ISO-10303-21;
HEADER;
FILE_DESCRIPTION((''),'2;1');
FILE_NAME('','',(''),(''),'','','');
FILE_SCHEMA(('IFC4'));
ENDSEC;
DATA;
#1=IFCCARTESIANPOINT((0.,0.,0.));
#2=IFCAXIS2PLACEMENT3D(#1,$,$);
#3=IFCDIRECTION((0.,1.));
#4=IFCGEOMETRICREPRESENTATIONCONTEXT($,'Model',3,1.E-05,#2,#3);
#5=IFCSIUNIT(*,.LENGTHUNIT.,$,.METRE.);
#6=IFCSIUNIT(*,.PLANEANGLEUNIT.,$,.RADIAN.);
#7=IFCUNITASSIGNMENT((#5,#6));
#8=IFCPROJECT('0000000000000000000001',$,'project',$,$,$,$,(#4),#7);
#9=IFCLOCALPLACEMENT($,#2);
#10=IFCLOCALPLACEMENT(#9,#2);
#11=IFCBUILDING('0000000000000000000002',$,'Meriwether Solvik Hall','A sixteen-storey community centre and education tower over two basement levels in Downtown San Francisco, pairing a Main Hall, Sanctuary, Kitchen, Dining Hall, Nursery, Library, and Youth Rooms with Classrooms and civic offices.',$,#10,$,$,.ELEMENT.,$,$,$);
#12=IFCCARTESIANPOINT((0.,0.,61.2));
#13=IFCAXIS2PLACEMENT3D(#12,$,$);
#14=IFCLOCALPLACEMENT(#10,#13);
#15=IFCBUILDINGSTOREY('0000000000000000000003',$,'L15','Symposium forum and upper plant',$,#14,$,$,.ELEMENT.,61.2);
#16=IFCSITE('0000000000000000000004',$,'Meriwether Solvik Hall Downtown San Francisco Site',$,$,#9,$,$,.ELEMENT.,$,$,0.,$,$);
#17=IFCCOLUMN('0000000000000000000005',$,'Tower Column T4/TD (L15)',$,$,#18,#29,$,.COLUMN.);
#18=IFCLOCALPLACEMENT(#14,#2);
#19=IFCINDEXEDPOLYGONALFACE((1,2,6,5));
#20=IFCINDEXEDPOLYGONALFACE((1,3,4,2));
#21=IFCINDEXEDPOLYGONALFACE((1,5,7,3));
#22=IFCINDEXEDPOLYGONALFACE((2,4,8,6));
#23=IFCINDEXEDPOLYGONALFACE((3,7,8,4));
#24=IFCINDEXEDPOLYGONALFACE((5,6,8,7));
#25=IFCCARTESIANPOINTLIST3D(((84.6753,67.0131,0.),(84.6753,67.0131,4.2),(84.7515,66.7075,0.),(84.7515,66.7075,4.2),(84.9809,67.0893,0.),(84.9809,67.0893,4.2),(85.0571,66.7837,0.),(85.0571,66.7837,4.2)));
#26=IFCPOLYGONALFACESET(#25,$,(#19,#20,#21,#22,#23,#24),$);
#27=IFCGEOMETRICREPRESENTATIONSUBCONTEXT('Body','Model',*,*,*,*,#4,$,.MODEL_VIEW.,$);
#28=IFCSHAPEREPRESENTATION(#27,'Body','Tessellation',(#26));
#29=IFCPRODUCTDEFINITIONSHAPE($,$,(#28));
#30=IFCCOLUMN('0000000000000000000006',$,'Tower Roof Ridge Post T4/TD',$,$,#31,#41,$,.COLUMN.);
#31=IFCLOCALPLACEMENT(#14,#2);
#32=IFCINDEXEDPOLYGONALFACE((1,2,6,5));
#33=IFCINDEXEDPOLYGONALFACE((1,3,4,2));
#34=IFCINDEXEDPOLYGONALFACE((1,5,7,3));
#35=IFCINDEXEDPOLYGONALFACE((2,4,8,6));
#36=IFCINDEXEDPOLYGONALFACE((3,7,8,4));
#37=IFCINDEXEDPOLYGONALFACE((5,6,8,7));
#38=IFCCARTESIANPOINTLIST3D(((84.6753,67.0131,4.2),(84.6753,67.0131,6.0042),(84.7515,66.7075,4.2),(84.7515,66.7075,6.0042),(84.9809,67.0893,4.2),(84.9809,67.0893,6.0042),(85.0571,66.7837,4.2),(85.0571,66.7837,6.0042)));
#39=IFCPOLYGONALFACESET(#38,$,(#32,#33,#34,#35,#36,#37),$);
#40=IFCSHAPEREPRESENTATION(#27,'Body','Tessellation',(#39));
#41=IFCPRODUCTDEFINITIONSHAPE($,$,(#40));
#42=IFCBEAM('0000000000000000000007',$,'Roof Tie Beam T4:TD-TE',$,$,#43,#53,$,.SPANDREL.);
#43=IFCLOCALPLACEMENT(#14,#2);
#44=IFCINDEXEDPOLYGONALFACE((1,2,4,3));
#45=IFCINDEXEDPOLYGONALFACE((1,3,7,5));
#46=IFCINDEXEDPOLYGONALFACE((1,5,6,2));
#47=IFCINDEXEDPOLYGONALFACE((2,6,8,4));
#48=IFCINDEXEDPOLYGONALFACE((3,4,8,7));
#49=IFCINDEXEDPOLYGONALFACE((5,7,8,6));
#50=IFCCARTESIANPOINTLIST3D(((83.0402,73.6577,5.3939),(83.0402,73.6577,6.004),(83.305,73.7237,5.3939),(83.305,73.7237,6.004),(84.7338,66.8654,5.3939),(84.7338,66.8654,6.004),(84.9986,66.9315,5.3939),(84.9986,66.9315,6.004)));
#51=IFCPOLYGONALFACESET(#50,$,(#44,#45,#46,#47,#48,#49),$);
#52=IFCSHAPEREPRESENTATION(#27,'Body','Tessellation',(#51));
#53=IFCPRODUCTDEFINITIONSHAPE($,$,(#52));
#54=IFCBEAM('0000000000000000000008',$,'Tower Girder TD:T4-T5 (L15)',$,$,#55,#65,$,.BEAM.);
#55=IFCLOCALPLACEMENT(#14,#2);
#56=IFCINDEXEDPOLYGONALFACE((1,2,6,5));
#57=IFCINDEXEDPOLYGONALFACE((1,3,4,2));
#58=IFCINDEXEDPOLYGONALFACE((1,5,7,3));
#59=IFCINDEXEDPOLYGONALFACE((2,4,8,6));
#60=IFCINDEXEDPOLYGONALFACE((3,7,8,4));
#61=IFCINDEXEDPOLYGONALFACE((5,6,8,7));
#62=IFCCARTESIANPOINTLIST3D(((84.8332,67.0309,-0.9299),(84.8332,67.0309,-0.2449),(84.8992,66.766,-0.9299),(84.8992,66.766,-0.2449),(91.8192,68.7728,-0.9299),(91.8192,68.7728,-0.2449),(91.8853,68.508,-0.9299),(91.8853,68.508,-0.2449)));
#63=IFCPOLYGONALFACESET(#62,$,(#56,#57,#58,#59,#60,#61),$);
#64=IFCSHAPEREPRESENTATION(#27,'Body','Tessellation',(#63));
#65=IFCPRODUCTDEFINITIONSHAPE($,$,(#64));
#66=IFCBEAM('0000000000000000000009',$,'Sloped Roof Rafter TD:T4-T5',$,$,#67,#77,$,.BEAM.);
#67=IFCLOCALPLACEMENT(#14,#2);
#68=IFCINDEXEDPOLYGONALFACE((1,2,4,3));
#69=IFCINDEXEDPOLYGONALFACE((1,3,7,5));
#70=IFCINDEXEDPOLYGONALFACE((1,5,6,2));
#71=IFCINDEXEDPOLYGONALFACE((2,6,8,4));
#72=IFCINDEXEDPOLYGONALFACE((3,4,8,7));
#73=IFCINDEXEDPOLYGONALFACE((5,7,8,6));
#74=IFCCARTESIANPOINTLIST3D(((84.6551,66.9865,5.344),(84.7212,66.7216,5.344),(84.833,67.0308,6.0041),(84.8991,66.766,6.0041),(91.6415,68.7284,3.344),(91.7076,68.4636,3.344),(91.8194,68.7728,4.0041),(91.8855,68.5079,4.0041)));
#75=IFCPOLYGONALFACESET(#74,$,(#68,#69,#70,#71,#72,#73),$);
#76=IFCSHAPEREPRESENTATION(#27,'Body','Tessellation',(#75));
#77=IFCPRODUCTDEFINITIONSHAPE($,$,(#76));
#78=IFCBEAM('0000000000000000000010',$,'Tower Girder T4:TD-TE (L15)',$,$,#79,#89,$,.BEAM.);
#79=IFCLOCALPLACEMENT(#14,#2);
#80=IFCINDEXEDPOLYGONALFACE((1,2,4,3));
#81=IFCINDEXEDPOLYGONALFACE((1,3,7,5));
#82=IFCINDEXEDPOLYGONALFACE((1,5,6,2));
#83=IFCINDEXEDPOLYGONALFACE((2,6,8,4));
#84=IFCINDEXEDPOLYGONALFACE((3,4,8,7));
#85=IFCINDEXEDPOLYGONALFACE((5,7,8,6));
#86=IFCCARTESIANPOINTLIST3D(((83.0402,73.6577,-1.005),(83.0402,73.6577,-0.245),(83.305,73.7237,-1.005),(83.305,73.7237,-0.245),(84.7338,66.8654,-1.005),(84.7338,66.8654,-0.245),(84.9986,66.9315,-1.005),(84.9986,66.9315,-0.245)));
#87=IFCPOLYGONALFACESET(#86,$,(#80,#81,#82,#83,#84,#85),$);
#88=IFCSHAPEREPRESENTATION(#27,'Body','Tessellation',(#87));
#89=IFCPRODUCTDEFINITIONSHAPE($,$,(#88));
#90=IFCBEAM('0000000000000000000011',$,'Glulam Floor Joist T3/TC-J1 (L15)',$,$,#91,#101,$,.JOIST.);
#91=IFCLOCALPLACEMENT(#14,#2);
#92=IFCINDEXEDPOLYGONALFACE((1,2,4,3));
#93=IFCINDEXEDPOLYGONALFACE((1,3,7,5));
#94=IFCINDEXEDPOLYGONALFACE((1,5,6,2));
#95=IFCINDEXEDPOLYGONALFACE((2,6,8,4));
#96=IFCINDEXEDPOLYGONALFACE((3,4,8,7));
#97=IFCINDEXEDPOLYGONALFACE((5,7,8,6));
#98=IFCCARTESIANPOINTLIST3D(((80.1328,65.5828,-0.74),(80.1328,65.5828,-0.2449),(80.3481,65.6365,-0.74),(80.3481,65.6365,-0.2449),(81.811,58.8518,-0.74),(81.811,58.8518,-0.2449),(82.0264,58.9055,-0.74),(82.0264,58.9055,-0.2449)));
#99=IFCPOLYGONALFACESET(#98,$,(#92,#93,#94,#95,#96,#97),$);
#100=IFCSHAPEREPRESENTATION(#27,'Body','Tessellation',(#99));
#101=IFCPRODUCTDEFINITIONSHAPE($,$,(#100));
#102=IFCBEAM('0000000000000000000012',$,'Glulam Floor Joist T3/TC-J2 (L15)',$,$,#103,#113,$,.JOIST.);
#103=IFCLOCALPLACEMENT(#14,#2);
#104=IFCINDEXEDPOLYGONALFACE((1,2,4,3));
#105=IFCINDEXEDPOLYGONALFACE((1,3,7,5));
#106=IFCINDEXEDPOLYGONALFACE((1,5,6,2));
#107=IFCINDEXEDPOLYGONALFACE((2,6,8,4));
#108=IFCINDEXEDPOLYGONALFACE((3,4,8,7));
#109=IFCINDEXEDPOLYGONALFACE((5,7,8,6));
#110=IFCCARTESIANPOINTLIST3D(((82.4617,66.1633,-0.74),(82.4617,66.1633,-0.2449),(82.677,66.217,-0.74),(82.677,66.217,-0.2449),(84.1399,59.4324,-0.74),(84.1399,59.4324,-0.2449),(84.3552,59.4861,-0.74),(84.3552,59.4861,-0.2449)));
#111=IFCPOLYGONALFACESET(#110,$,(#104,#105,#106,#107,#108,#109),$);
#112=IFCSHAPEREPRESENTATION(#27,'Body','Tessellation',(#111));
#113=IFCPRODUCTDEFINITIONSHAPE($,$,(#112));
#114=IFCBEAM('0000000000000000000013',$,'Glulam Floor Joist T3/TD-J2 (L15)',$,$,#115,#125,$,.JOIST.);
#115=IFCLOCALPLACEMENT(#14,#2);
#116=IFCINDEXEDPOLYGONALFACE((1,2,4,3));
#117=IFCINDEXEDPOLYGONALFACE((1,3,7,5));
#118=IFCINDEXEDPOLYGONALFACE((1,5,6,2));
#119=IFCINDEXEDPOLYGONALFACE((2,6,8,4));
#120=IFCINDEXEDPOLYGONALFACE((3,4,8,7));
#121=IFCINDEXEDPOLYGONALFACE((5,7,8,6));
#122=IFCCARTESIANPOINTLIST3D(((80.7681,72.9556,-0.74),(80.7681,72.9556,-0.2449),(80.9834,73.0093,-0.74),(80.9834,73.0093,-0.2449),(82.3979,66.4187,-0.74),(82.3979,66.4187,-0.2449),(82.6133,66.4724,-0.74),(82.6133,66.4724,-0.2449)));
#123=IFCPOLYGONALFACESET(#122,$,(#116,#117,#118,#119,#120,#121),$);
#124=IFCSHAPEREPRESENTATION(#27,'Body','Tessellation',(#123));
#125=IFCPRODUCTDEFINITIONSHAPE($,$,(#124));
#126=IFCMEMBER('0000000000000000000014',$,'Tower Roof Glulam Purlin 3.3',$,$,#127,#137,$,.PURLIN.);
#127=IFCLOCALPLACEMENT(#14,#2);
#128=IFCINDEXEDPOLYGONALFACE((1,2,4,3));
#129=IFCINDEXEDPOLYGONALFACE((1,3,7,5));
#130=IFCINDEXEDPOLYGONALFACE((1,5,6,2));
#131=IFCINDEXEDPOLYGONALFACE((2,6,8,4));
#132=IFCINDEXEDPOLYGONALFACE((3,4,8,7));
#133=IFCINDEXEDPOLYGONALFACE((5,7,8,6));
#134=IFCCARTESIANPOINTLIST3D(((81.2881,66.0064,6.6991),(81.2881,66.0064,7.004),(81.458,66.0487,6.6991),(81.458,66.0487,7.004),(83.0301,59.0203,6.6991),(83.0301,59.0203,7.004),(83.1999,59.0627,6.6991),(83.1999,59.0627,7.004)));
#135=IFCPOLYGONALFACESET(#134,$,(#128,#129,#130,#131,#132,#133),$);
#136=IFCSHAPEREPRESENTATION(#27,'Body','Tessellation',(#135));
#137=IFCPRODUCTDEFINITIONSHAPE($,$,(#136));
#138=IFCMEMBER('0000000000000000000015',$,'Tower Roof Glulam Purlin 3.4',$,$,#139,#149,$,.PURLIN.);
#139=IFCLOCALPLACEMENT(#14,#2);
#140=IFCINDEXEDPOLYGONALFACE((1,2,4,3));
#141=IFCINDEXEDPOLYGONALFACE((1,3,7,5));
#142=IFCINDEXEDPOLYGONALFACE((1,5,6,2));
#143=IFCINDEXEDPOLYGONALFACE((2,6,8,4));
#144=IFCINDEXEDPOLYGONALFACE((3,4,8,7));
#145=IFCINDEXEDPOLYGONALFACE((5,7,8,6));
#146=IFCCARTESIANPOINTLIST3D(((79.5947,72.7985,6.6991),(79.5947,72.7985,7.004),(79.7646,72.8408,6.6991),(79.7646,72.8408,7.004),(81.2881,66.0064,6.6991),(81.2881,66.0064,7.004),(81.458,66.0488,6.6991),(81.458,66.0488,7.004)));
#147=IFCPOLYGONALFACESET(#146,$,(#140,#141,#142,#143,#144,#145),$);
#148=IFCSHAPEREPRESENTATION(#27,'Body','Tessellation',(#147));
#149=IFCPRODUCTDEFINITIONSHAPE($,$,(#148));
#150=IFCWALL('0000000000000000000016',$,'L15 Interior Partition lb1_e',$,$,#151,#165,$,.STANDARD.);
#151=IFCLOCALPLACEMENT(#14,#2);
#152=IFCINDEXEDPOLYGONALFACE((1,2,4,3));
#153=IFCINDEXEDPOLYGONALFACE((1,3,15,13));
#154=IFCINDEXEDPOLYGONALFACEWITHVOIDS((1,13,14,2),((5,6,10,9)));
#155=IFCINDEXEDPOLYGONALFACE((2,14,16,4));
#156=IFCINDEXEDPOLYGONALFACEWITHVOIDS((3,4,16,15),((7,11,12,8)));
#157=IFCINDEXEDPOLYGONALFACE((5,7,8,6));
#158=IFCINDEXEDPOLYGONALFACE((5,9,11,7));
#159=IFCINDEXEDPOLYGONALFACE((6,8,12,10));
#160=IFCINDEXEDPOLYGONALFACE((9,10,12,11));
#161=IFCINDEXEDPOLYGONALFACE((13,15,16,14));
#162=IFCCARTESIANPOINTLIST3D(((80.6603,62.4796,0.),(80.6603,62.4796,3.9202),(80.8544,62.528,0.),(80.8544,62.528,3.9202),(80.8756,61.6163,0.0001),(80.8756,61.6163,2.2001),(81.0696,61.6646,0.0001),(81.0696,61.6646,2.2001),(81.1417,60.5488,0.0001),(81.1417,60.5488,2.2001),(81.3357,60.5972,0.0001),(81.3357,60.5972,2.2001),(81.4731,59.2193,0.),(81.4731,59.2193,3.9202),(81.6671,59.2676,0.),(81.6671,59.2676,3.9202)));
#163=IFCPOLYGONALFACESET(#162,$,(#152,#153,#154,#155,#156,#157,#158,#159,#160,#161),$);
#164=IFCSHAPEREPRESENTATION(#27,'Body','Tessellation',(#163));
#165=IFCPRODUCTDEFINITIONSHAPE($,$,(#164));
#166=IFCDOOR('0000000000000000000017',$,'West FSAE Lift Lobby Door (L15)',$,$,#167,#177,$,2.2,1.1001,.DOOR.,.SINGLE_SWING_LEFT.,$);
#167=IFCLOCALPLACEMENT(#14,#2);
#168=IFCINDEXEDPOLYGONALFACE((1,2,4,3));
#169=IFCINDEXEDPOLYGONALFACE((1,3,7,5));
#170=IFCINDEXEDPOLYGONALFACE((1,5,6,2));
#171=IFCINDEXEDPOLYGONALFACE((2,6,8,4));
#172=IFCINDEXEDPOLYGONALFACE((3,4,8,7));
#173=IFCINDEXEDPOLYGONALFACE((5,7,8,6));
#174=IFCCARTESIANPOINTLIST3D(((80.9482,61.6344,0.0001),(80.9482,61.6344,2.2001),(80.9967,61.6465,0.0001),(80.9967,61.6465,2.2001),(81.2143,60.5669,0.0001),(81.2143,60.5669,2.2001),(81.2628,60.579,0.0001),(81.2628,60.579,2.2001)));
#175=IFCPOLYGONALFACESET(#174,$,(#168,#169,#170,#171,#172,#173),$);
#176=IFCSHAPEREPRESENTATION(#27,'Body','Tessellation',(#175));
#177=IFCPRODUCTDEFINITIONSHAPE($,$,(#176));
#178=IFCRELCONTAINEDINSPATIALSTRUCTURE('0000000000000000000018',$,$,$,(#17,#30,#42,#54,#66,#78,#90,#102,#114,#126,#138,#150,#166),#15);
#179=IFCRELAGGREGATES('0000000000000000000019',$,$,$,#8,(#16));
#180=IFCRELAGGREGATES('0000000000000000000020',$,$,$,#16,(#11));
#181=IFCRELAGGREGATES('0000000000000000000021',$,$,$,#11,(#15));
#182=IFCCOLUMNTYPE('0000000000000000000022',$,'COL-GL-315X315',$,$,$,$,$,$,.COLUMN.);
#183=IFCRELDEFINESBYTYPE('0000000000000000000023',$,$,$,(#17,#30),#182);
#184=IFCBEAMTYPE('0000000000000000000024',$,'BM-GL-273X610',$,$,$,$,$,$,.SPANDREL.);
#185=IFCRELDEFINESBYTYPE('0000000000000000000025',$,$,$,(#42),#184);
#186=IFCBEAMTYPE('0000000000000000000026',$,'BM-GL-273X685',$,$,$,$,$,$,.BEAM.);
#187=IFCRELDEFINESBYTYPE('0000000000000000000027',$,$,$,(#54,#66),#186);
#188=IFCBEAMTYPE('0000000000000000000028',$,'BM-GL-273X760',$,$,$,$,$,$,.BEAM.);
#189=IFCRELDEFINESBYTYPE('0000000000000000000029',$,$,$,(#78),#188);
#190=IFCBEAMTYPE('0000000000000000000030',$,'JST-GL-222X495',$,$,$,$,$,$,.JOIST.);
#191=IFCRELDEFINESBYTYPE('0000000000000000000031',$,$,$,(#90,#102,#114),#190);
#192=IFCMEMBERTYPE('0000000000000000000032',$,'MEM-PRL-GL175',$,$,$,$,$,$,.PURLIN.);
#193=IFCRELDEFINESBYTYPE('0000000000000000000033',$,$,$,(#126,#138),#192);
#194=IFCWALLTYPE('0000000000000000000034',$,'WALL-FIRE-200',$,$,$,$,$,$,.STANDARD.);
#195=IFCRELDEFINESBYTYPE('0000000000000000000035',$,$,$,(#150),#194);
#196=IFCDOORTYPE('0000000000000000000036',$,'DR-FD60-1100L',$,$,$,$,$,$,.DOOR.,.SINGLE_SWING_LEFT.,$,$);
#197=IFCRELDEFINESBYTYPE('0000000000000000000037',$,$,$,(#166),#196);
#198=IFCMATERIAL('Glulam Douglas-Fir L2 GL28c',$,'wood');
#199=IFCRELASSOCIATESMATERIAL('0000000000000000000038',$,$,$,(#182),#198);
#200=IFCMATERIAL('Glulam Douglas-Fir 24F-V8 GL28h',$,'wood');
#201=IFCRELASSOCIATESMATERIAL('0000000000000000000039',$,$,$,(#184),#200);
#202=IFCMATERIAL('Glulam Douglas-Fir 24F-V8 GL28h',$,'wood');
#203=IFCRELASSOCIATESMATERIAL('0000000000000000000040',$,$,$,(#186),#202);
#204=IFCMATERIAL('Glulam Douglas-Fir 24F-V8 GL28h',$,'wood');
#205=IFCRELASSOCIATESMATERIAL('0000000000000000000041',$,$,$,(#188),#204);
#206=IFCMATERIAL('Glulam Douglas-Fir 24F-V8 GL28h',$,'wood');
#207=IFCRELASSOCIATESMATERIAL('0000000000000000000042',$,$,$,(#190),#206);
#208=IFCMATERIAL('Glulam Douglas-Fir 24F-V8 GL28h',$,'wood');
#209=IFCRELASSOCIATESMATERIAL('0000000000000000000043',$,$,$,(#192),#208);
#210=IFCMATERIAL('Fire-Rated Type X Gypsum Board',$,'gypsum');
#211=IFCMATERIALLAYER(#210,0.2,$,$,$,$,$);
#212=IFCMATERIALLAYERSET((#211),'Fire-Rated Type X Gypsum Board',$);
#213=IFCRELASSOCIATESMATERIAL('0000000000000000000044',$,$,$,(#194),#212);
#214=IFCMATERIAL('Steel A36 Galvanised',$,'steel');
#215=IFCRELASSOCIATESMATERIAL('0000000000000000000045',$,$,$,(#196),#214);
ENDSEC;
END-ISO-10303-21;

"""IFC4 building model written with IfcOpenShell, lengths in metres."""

from ifc_helpers import new_model, si_unit, direction, frame, frame_2d, origin, origin_2d, place, context, subcontext, project, spatial, rectangle, extrude, material, layer, layer_set, material_profile, profile_set, type_object, element, fill, save


model = new_model("IFC4")

# Units and contexts
model_context = context("Model", 3, precision=1e-05, world=origin(), true_north=direction((0.0, 1.0)))
body_context = subcontext(model_context, "Body", "Model", "MODEL_VIEW")
ifc_project = project(units=[si_unit("LENGTHUNIT", "METRE"), si_unit("PLANEANGLEUNIT", "RADIAN")], contexts=[model_context])

# Site, building, storey
site_placement = place(None, origin())
site = spatial("IfcSite", under=ifc_project, at=site_placement, Name="Meriwether Solvik Hall Downtown San Francisco Site", CompositionType="ELEMENT", RefElevation=0.0)
building_placement = place(site_placement, origin())
building = spatial("IfcBuilding", under=site, at=building_placement, Name="Meriwether Solvik Hall", Description="A sixteen-storey community centre and education tower over two basement levels in Downtown San Francisco, pairing a Main Hall, Sanctuary, Kitchen, Dining Hall, Nursery, Library, and Youth Rooms with Classrooms and civic offices.", CompositionType="ELEMENT")
storey_placement = place(building_placement, frame((0.0, 0.0, 61.2)))
storey = spatial("IfcBuildingStorey", under=building, at=storey_placement, Name="L15", Description="Symposium forum and upper plant", CompositionType="ELEMENT", Elevation=61.2)

# Columns
ifc_material_1 = material(Name="Glulam Douglas-Fir L2 GL28c", Category="wood")
ifc_material_profile_1 = material_profile(ifc_material_1, rectangle(XDim=0.3149, YDim=0.3149, at=origin_2d()), Name="GLC-315X315")
ifc_profile_set_1 = profile_set([ifc_material_profile_1], Name="Glulam Douglas-Fir L2 GL28c")
column_type = type_object("IfcColumnType", Name="COL-GL-315X315", PredefinedType="COLUMN", material=ifc_profile_set_1)
column_1_placement = place(storey_placement, frame((84.8662, 66.8984, 0.0), z_axis=(0.0, 0.0, 1.0), x_axis=(0.970296, 0.241922, 0.0)))
element("IfcColumn", 1, at=column_1_placement, inside=storey, type_object=column_type, Name="Tower Column T4/TD (L15)", PredefinedType="COLUMN", context=body_context, shape_type="SweptSolid", body=[
    extrude(rectangle(XDim=0.3149, YDim=0.3149, at=origin_2d()), origin(), (0.0, 0.0, 1.0), 4.2),
])
column_2_placement = place(storey_placement, frame((84.8662, 66.8984, 4.2), z_axis=(0.0, 0.0, 1.0), x_axis=(0.970296, 0.241922, 0.0)))
element("IfcColumn", 2, at=column_2_placement, inside=storey, type_object=column_type, Name="Tower Roof Ridge Post T4/TD", PredefinedType="COLUMN", context=body_context, shape_type="SweptSolid", body=[
    extrude(rectangle(XDim=0.3149, YDim=0.3149, at=origin_2d()), origin(), (0.0, 0.0, 1.0), 1.8042),
])

# Beams
ifc_material_2 = material(Name="Glulam Douglas-Fir 24F-V8 GL28h", Category="wood")
ifc_material_profile_2 = material_profile(ifc_material_2, rectangle(XDim=0.2729, YDim=0.6101, at=origin_2d()), Name="GLB-273X610")
ifc_profile_set_2 = profile_set([ifc_material_profile_2], Name="Glulam Douglas-Fir 24F-V8 GL28h")
beam_type_1 = type_object("IfcBeamType", Name="BM-GL-273X610", PredefinedType="SPANDREL", material=ifc_profile_set_2)
beam_1_placement = place(storey_placement, frame((84.8662, 66.8984, 5.699), z_axis=(-0.241937, 0.970292, 0.0), x_axis=(-0.970292, -0.241937, 0.0)))
element("IfcBeam", 3, at=beam_1_placement, inside=storey, type_object=beam_type_1, Name="Roof Tie Beam T4:TD-TE", PredefinedType="SPANDREL", context=body_context, shape_type="SweptSolid", body=[
    extrude(rectangle(XDim=0.2729, YDim=0.6101, at=origin_2d()), origin(), (0.0, 0.0, 1.0), 7.0002),
])
ifc_material_3 = material(Name="Glulam Douglas-Fir 24F-V8 GL28h", Category="wood")
ifc_material_profile_3 = material_profile(ifc_material_3, rectangle(XDim=0.2729, YDim=0.6851, at=origin_2d()), Name="GLB-273X685")
ifc_profile_set_3 = profile_set([ifc_material_profile_3], Name="Glulam Douglas-Fir 24F-V8 GL28h")
beam_type_2 = type_object("IfcBeamType", Name="BM-GL-273X685", PredefinedType="BEAM", material=ifc_profile_set_3)
beam_2_placement = place(storey_placement, frame((84.8662, 66.8984, -0.5874), z_axis=(0.970292, 0.241937, 0.0), x_axis=(-0.241937, 0.970292, 0.0)))
element("IfcBeam", 4, at=beam_2_placement, inside=storey, type_object=beam_type_2, Name="Tower Girder TD:T4-T5 (L15)", PredefinedType="BEAM", context=body_context, shape_type="SweptSolid", body=[
    extrude(rectangle(XDim=0.2729, YDim=0.6851, at=origin_2d()), origin(), (0.0, 0.0, 1.0), 7.2),
])
beam_3_placement = place(storey_placement, frame((84.7771, 66.8762, 5.6741), z_axis=(0.934898, 0.233104, -0.267636), x_axis=(-0.241929, 0.970294, 0.0)))
element("IfcBeam", 5, at=beam_3_placement, inside=storey, type_object=beam_type_2, Name="Sloped Roof Rafter TD:T4-T5", PredefinedType="BEAM", context=body_context, shape_type="SweptSolid", body=[
    extrude(rectangle(XDim=0.2729, YDim=0.6851, at=origin_2d()), origin(), (0.0, 0.0, 1.0), 7.4729),
])
ifc_material_4 = material(Name="Glulam Douglas-Fir 24F-V8 GL28h", Category="wood")
ifc_material_profile_4 = material_profile(ifc_material_4, rectangle(XDim=0.2729, YDim=0.76, at=origin_2d()), Name="GLB-273X760")
ifc_profile_set_4 = profile_set([ifc_material_profile_4], Name="Glulam Douglas-Fir 24F-V8 GL28h")
beam_type_3 = type_object("IfcBeamType", Name="BM-GL-273X760", PredefinedType="BEAM", material=ifc_profile_set_4)
beam_4_placement = place(storey_placement, frame((84.8662, 66.8984, -0.625), z_axis=(-0.241937, 0.970292, 0.0), x_axis=(-0.970292, -0.241937, 0.0)))
element("IfcBeam", 6, at=beam_4_placement, inside=storey, type_object=beam_type_3, Name="Tower Girder T4:TD-TE (L15)", PredefinedType="BEAM", context=body_context, shape_type="SweptSolid", body=[
    extrude(rectangle(XDim=0.2729, YDim=0.76, at=origin_2d()), origin(), (0.0, 0.0, 1.0), 7.0002),
])
ifc_material_5 = material(Name="Glulam Douglas-Fir 24F-V8 GL28h", Category="wood")
ifc_material_profile_5 = material_profile(ifc_material_5, rectangle(XDim=0.2219, YDim=0.4951, at=origin_2d()), Name="GLJ-222X495")
ifc_profile_set_5 = profile_set([ifc_material_profile_5], Name="Glulam Douglas-Fir 24F-V8 GL28h")
beam_type_4 = type_object("IfcBeamType", Name="JST-GL-222X495", PredefinedType="JOIST", material=ifc_profile_set_5)
for number, where, z_axis, x_axis, name in (
    (7, (81.9187, 58.8787, -0.4924), (-0.241923, 0.970296, 0.0), (-0.970296, -0.241923, 0.0), "Glulam Floor Joist T3/TC-J1 (L15)"),
    (8, (84.2476, 59.4592, -0.4924), (-0.241923, 0.970296, 0.0), (-0.970296, -0.241923, 0.0), "Glulam Floor Joist T3/TC-J2 (L15)"),
):
    element("IfcBeam", number, at=place(storey_placement, frame(where, z_axis=z_axis, x_axis=x_axis)), inside=storey, type_object=beam_type_4, Name=name, PredefinedType="JOIST", context=body_context, shape_type="SweptSolid", body=[
        extrude(rectangle(XDim=0.2219, YDim=0.4951, at=origin_2d()), origin(), (0.0, 0.0, 1.0), 6.937),
    ])
beam_5_placement = place(storey_placement, frame((82.5056, 66.4456, -0.4924), z_axis=(-0.24193, 0.970294, 0.0), x_axis=(-0.970294, -0.24193, 0.0)))
element("IfcBeam", 9, at=beam_5_placement, inside=storey, type_object=beam_type_4, Name="Glulam Floor Joist T3/TD-J2 (L15)", PredefinedType="JOIST", context=body_context, shape_type="SweptSolid", body=[
    extrude(rectangle(XDim=0.2219, YDim=0.4951, at=origin_2d()), origin(), (0.0, 0.0, 1.0), 6.7371),
])

# Members
ifc_material_6 = material(Name="Glulam Douglas-Fir 24F-V8 GL28h", Category="wood")
ifc_material_profile_6 = material_profile(ifc_material_6, rectangle(XDim=0.175, YDim=0.3049, at=origin_2d()), Name="GLM-175X305")
ifc_profile_set_6 = profile_set([ifc_material_profile_6], Name="Glulam Douglas-Fir 24F-V8 GL28h")
member_type = type_object("IfcMemberType", Name="MEM-PRL-GL175", PredefinedType="PURLIN", material=ifc_profile_set_6)
member_1_placement = place(storey_placement, frame((83.115, 59.0415, 6.8516), z_axis=(-0.241937, 0.970292, 0.0), x_axis=(-0.970292, -0.241937, 0.0)))
element("IfcMember", 10, at=member_1_placement, inside=storey, type_object=member_type, Name="Tower Roof Glulam Purlin 3.3", PredefinedType="PURLIN", context=body_context, shape_type="SweptSolid", body=[
    extrude(rectangle(XDim=0.175, YDim=0.3049, at=origin_2d()), origin(), (0.0, 0.0, 1.0), 7.2),
])
member_2_placement = place(storey_placement, frame((81.373, 66.0276, 6.8516), z_axis=(-0.241912, 0.970298, 0.0), x_axis=(-0.970298, -0.241912, 0.0)))
element("IfcMember", 11, at=member_2_placement, inside=storey, type_object=member_type, Name="Tower Roof Glulam Purlin 3.4", PredefinedType="PURLIN", context=body_context, shape_type="SweptSolid", body=[
    extrude(rectangle(XDim=0.175, YDim=0.3049, at=origin_2d()), origin(), (0.0, 0.0, 1.0), 7.0),
])

# Wall, opening, door
ifc_material_7 = material(Name="Fire-Rated Type X Gypsum Board", Category="gypsum")
ifc_layer_1 = layer(ifc_material_7, 0.2)
ifc_layer_set_1 = layer_set([ifc_layer_1], Name="Fire-Rated Type X Gypsum Board")
wall_type_1 = type_object("IfcWallType", Name="WALL-FIRE-200", PredefinedType="STANDARD", material=ifc_layer_set_1)
wall_1_placement = place(storey_placement, frame((80.7573, 62.5039, 0.0), z_axis=(0.0, 0.0, 1.0), x_axis=(0.241886, -0.970305, 0.0)))
wall_1 = element("IfcWall", 12, at=wall_1_placement, inside=storey, type_object=wall_type_1, Name="L15 Interior Partition lb1_e", PredefinedType="STANDARD", context=body_context, shape_type="SweptSolid", body=[
    extrude(rectangle(XDim=3.3601, YDim=0.2, at=frame_2d((1.6802, 0.0))), origin(), (0.0, 0.0, 1.0), 3.9202),
])
opening_1_placement = place(wall_1_placement, frame((0.8899, 0.0, 0.0)))
opening_1 = element("IfcOpeningElement", 13, at=opening_1_placement, cuts=wall_1, PredefinedType="OPENING", context=body_context, shape_type="SweptSolid", body=[
    extrude(rectangle(XDim=1.1001, YDim=2.2, at=frame_2d((0.55, 1.1001))), frame((0.0, 0.1118, 0.0), z_axis=(0.0, -1.0, 0.0), x_axis=(1.0, 0.0, 0.0)), (0.0, 0.0, 1.0), 0.2239),
])
ifc_material_8 = material(Name="Steel A36 Galvanised", Category="steel")
door_type_1 = type_object("IfcDoorType", Name="DR-FD60-1100L", OperationType="SINGLE_SWING_LEFT", PredefinedType="DOOR", material=ifc_material_8)
door_1_placement = place(opening_1_placement, origin())
door_1 = element("IfcDoor", 14, at=door_1_placement, inside=storey, type_object=door_type_1, Name="West FSAE Lift Lobby Door (L15)", OperationType="SINGLE_SWING_LEFT", OverallHeight=2.2, OverallWidth=1.1001, PredefinedType="DOOR", context=body_context, shape_type="SweptSolid", body=[
    extrude(rectangle(XDim=1.1001, YDim=2.2, at=frame_2d((0.55, 1.1001))), frame((0.0, 0.0249, 0.0), z_axis=(0.0, -1.0, 0.0), x_axis=(1.0, 0.0, 0.0)), (0.0, 0.0, 1.0), 0.05),
])
fill(opening_1, door_1)

save(model, "model.ifc")
